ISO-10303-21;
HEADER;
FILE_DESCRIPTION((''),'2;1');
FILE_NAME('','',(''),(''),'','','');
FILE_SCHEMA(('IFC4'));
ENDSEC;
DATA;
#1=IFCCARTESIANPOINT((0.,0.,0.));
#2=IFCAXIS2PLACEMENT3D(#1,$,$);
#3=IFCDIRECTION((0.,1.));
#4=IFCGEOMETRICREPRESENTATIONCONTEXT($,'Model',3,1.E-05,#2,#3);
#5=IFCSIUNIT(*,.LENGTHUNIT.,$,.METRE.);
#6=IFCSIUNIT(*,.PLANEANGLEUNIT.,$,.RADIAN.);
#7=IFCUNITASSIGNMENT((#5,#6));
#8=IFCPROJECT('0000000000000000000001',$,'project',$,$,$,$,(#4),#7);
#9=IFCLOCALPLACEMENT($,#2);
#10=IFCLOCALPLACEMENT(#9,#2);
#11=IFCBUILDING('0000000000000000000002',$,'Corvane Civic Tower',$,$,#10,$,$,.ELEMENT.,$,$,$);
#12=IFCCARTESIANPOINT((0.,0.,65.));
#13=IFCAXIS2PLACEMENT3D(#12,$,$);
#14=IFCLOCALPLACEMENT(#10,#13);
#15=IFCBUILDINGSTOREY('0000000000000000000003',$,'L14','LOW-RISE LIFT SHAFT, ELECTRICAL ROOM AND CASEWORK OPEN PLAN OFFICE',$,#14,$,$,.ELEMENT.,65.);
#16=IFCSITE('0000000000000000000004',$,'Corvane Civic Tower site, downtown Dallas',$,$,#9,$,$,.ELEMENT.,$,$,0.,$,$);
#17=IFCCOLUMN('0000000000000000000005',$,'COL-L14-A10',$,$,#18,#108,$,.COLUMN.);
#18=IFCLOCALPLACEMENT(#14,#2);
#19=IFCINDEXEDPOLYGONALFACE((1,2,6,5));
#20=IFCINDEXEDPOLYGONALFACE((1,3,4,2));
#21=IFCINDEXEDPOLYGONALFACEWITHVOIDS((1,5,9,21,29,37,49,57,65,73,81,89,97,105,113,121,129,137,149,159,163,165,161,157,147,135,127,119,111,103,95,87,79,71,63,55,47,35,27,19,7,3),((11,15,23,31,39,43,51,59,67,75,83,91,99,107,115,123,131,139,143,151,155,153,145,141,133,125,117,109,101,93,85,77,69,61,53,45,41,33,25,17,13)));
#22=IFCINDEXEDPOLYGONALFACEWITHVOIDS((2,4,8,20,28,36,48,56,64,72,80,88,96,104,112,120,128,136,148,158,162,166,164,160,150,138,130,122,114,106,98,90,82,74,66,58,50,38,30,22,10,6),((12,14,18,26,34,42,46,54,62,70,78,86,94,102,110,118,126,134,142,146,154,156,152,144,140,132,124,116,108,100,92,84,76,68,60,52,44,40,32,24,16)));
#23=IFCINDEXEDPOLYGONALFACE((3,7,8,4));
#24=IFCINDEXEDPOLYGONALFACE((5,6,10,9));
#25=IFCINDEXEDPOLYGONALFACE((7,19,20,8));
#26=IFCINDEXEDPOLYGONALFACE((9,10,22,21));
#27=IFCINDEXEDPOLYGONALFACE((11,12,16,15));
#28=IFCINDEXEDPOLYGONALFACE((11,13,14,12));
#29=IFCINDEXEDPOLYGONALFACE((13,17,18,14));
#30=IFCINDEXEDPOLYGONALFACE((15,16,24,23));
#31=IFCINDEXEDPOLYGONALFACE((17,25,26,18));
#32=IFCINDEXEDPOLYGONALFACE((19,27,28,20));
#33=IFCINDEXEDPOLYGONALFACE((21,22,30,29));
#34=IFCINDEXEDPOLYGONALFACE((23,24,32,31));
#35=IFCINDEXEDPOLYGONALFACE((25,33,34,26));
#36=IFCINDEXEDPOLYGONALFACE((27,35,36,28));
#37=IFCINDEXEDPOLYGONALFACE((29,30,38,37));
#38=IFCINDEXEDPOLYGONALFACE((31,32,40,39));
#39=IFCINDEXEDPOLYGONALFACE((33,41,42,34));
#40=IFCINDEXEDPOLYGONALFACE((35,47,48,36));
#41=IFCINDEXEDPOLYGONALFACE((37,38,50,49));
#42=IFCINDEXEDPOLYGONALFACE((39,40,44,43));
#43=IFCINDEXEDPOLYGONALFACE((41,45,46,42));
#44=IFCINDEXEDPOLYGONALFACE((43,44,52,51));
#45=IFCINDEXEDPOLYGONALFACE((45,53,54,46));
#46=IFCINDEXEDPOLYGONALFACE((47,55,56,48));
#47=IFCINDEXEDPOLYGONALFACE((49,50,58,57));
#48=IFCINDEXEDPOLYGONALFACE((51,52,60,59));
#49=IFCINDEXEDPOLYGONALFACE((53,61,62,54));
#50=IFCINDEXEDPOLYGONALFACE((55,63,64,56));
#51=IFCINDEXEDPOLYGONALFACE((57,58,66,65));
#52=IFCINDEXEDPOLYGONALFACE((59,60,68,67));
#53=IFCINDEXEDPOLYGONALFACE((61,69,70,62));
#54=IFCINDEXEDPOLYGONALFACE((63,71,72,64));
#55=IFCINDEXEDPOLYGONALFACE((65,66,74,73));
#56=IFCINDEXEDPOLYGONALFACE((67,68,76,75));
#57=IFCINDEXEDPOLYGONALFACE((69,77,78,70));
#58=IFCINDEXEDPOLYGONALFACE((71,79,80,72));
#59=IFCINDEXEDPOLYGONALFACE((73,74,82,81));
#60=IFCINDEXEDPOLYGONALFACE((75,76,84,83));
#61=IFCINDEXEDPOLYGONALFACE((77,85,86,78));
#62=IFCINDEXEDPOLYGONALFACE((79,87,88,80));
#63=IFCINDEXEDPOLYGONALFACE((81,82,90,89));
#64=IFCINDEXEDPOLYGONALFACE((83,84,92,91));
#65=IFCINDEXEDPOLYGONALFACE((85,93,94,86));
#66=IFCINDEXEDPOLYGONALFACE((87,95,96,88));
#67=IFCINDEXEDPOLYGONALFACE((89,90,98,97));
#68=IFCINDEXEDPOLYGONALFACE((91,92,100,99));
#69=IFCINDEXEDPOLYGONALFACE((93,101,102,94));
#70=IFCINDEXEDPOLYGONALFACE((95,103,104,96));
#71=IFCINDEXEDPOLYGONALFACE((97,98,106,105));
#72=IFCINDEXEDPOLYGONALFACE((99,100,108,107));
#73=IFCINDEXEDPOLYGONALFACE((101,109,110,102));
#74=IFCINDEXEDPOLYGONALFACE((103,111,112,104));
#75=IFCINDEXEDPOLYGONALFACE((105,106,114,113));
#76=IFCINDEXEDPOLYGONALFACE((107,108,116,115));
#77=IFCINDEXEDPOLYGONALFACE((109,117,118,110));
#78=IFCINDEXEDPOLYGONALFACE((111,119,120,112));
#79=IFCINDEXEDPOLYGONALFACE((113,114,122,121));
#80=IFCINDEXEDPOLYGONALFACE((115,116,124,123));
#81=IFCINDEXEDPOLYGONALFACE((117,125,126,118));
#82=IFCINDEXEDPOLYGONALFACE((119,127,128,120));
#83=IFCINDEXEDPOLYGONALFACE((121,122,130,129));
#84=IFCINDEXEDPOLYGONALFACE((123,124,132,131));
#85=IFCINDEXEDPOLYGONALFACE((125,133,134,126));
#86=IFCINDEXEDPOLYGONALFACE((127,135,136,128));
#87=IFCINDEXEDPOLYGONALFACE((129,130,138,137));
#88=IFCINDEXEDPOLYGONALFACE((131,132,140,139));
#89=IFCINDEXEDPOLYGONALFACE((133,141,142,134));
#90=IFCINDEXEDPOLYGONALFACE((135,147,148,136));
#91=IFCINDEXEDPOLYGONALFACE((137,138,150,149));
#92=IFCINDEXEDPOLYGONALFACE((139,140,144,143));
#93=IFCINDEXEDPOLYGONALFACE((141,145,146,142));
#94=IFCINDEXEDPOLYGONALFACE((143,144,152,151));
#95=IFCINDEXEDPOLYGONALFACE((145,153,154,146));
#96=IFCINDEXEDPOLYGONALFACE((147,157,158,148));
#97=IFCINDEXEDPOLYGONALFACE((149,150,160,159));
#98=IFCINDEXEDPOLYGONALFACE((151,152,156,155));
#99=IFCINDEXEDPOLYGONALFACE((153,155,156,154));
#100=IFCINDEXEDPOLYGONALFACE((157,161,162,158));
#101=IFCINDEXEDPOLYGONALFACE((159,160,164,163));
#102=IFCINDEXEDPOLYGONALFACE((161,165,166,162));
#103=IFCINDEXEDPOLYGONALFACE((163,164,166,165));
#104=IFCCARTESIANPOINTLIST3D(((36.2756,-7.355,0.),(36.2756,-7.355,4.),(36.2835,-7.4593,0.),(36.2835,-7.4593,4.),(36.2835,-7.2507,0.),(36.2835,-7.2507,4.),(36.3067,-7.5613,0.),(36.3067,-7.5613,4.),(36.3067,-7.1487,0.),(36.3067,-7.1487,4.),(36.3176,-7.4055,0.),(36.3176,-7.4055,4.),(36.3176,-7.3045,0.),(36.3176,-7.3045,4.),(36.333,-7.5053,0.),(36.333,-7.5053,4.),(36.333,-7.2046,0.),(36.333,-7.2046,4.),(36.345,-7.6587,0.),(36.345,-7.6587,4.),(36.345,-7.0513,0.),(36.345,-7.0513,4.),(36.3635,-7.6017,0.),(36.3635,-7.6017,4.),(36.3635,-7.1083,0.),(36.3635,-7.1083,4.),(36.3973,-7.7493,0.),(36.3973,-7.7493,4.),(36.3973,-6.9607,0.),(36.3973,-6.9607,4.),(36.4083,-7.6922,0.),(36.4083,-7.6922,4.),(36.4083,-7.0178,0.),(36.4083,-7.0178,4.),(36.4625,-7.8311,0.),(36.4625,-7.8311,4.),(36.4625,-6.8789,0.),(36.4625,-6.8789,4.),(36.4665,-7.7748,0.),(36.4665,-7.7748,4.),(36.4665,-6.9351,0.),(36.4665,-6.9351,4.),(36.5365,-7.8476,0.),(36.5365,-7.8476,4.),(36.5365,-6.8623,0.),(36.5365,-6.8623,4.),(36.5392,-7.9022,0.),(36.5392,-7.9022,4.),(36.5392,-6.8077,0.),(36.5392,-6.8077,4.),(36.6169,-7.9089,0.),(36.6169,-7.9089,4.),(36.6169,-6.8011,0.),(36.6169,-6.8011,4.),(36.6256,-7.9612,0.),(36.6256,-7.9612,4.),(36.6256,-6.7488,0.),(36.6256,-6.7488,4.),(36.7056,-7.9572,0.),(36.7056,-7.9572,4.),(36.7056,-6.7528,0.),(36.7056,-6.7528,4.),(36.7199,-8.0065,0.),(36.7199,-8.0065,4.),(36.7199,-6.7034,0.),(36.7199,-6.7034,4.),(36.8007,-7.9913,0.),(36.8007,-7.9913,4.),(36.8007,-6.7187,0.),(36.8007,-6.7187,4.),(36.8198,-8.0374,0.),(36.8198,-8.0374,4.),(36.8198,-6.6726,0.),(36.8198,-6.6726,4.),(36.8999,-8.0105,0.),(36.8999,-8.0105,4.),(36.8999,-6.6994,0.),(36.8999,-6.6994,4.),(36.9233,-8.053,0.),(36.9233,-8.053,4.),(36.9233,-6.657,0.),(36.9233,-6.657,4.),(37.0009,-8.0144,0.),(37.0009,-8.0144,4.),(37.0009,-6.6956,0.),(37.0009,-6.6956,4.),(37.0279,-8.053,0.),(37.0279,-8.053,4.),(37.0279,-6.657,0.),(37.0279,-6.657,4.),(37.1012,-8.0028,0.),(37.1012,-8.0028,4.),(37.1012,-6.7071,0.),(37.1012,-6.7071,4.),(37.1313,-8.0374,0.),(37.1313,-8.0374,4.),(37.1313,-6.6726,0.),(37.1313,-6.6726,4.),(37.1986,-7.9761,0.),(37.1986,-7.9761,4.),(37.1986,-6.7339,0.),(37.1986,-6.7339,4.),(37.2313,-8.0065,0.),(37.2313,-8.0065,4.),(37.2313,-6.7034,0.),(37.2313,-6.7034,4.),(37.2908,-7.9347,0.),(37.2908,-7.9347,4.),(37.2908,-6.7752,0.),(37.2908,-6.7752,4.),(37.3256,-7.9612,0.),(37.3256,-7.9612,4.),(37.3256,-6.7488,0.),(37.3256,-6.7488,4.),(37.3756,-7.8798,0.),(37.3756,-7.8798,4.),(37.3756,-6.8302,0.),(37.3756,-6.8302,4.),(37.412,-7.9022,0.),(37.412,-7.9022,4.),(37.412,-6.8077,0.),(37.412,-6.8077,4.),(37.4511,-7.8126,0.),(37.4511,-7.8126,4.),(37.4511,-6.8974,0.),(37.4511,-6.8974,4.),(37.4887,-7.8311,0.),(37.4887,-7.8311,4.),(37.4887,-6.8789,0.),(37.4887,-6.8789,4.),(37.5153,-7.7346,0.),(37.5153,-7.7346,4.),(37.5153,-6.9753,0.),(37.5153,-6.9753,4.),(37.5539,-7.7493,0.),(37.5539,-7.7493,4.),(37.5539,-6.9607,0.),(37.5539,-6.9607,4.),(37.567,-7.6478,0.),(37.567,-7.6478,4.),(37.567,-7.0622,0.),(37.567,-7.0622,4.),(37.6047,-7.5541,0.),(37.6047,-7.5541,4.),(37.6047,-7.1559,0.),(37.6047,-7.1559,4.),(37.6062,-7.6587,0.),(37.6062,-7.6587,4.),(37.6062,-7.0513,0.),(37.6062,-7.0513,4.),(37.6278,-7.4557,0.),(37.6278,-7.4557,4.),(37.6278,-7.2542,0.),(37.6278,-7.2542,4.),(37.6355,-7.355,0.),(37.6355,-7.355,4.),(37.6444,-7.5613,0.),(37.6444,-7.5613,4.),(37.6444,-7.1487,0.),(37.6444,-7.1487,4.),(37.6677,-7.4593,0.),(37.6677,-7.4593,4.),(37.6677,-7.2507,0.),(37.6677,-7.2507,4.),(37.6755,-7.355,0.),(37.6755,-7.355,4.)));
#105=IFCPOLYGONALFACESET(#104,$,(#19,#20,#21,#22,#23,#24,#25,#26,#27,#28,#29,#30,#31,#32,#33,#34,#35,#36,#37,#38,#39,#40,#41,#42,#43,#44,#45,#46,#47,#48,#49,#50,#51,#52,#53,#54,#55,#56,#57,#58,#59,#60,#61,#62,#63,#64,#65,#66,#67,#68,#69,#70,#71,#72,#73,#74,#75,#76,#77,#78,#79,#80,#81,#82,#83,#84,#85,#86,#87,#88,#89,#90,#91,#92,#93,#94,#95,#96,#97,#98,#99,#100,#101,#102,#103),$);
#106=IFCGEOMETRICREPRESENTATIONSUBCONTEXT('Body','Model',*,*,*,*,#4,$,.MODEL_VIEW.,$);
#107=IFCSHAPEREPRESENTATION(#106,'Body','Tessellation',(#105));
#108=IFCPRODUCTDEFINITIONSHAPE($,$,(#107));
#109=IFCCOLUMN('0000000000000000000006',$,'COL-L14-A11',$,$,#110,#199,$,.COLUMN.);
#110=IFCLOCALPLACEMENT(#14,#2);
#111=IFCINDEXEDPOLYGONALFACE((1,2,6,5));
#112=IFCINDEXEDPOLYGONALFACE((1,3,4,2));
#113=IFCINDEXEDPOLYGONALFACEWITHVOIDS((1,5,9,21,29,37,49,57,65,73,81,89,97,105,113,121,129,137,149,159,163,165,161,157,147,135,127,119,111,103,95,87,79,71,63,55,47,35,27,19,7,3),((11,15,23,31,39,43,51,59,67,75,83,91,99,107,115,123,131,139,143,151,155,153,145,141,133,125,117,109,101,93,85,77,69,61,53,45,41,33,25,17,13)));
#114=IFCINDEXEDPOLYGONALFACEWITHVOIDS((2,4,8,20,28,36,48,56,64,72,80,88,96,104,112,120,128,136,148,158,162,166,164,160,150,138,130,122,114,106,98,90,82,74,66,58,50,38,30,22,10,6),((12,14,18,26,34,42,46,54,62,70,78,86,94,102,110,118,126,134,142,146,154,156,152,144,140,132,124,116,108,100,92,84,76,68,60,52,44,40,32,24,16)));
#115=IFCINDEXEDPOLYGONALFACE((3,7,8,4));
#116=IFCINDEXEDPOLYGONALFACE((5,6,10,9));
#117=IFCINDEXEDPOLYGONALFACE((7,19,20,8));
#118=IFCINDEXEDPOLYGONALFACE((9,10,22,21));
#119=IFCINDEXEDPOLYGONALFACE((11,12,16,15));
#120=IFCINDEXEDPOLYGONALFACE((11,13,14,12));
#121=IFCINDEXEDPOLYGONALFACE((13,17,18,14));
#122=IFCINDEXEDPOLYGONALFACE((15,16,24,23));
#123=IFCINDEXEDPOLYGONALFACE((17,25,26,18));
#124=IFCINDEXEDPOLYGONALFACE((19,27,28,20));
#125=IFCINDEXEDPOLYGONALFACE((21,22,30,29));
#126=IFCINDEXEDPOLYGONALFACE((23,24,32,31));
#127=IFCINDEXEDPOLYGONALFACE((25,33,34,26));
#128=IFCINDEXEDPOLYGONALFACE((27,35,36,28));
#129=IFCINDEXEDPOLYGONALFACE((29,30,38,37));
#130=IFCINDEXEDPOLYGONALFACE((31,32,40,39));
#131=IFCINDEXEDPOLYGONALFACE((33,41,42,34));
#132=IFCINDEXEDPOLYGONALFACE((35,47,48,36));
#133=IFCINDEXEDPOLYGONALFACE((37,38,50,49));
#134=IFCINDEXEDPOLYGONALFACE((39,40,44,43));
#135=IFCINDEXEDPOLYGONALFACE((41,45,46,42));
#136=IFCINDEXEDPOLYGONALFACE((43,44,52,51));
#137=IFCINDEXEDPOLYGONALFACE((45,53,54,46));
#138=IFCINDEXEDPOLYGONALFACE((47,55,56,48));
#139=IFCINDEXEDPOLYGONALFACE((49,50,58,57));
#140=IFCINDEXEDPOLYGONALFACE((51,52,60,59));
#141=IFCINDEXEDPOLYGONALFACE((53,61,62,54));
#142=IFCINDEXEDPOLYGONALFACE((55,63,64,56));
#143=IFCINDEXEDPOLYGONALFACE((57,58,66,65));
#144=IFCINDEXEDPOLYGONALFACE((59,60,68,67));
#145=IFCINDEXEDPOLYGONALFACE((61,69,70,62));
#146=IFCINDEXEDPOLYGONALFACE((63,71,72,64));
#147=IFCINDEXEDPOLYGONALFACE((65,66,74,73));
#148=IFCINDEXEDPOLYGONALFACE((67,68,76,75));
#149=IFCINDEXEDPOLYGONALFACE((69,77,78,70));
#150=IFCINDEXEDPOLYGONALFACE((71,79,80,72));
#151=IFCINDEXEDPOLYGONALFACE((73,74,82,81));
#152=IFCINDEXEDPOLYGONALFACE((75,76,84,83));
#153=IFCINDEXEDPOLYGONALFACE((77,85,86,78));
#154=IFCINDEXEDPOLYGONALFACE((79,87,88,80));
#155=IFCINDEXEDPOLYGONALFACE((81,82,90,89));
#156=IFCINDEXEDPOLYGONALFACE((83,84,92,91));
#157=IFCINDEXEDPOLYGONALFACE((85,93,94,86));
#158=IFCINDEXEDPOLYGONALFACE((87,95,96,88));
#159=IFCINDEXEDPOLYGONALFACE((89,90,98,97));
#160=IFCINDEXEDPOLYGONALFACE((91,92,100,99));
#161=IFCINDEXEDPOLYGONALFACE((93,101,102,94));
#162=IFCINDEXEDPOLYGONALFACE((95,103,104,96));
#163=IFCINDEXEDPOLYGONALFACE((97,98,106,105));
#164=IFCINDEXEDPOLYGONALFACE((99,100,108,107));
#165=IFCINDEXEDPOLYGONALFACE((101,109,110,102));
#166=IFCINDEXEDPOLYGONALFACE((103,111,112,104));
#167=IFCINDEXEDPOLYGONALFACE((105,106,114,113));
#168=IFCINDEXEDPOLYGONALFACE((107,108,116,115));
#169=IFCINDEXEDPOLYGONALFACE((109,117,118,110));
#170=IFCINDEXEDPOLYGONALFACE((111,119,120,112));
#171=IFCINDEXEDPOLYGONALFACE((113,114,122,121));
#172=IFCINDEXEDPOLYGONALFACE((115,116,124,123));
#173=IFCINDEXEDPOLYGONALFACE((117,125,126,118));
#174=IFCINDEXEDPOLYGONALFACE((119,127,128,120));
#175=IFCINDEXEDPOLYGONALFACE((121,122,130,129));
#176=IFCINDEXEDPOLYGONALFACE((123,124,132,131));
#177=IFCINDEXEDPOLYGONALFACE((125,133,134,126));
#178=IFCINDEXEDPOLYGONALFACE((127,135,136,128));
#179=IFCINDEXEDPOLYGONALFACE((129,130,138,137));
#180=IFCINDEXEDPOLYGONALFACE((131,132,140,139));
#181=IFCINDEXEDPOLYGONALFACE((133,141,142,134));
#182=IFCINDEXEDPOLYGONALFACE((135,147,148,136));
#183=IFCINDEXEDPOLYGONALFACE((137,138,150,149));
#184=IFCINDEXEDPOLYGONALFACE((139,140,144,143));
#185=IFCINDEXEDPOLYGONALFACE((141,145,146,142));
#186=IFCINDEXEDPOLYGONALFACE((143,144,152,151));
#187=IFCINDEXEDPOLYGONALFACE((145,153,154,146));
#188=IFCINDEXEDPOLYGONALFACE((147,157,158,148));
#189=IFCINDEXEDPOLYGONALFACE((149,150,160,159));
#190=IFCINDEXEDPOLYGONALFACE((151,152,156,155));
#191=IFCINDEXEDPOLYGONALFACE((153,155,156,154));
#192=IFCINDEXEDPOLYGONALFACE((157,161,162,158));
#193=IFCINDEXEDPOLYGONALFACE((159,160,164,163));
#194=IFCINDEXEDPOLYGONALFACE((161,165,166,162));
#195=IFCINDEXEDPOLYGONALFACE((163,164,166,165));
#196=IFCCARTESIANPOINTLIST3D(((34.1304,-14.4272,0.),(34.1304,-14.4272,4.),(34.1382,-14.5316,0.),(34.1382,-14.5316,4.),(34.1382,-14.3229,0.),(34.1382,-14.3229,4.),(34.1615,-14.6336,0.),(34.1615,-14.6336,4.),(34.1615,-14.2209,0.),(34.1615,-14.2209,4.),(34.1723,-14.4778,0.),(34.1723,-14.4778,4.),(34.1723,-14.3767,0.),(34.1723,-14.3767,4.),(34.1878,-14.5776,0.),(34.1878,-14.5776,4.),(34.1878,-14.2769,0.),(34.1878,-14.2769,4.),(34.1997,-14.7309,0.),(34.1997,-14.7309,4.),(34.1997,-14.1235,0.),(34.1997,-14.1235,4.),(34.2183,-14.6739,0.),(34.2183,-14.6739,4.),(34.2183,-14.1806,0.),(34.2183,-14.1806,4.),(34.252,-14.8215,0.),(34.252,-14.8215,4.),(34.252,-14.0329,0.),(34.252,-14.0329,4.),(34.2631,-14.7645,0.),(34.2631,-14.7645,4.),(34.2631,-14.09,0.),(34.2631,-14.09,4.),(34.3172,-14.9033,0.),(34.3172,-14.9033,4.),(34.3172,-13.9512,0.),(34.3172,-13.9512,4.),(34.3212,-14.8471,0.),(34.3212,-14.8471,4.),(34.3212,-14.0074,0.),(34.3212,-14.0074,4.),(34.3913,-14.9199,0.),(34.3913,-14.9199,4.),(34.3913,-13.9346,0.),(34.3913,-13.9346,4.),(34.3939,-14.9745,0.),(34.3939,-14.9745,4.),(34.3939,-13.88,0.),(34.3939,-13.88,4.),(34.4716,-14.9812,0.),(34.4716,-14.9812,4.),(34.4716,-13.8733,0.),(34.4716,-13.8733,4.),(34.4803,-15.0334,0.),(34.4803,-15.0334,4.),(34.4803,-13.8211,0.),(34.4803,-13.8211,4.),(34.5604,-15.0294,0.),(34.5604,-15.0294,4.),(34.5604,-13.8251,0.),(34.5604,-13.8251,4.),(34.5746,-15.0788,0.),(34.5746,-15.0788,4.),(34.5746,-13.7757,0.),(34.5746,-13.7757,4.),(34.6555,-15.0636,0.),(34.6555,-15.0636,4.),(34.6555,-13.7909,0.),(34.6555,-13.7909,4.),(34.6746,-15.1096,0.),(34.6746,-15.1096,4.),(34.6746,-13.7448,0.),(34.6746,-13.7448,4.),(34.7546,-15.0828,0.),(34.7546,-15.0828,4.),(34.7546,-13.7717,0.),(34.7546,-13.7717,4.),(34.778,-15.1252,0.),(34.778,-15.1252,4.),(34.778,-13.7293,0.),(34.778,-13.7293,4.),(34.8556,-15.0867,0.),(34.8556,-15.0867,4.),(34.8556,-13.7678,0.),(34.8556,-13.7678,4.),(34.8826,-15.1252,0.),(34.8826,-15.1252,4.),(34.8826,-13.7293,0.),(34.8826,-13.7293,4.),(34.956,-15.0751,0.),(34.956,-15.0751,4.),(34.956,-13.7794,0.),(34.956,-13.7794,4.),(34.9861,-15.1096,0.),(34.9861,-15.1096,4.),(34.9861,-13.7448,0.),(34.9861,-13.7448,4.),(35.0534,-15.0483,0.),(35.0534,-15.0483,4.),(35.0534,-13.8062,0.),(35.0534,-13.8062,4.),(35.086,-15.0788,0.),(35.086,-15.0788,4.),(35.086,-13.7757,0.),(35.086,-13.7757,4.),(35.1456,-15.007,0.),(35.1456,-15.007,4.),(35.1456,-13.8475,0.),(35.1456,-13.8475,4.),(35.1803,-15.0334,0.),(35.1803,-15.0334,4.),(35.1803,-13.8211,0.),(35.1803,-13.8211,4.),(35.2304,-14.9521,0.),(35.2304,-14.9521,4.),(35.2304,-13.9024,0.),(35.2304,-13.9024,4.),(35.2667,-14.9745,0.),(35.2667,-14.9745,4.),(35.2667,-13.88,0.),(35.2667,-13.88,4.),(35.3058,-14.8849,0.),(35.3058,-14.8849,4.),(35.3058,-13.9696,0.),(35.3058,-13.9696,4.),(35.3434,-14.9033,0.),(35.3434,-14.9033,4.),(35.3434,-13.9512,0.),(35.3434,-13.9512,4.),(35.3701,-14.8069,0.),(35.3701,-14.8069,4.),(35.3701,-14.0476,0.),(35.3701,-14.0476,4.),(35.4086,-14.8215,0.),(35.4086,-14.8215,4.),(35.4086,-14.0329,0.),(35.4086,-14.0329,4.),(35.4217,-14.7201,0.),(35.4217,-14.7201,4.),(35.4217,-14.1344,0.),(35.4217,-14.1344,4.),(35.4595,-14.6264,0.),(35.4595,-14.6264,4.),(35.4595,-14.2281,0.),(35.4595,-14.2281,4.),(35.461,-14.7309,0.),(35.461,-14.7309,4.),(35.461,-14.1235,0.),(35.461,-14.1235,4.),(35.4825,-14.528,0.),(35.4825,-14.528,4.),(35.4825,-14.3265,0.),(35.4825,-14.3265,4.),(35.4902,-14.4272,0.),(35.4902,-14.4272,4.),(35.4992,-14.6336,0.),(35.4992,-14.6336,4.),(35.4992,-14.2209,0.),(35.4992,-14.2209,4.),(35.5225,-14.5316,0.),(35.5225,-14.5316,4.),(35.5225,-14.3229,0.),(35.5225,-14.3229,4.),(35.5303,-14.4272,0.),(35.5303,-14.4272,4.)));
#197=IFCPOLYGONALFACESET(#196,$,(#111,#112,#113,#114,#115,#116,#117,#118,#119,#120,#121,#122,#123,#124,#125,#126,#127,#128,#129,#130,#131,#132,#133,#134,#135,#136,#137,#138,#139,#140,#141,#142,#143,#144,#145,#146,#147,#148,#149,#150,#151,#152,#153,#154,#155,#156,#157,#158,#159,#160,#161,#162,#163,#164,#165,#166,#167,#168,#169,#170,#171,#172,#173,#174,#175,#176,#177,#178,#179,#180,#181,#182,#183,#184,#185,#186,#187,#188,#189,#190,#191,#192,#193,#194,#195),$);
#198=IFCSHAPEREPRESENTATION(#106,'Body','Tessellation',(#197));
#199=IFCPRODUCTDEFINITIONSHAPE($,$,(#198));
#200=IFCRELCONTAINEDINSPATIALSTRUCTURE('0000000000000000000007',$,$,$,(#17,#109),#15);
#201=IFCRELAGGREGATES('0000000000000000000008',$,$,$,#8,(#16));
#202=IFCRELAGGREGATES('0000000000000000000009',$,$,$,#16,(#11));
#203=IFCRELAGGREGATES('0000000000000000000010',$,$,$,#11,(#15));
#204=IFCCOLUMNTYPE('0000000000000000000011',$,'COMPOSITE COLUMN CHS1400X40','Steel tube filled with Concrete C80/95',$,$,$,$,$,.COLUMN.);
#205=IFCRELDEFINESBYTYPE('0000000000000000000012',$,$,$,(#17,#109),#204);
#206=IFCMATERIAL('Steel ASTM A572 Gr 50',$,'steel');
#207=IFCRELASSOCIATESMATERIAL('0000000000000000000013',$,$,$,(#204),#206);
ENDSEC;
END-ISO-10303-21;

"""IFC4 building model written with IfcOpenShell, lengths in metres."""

from ifc_helpers import new_model, si_unit, direction, frame, origin, origin_2d, place, context, subcontext, project, spatial, hollow_circle, extrude, material, material_profile, profile_set, type_object, element, save


model = new_model("IFC4")

# Units and contexts
model_context = context("Model", 3, precision=1e-05, world=origin(), true_north=direction((0.0, 1.0)))
body_context = subcontext(model_context, "Body", "Model", "MODEL_VIEW")
ifc_project = project(units=[si_unit("LENGTHUNIT", "METRE"), si_unit("PLANEANGLEUNIT", "RADIAN")], contexts=[model_context])

# Site, building, storey
site_placement = place(None, origin())
site = spatial("IfcSite", under=ifc_project, at=site_placement, Name="Corvane Civic Tower site, downtown Dallas", CompositionType="ELEMENT", RefElevation=0.0)
building_placement = place(site_placement, origin())
building = spatial("IfcBuilding", under=site, at=building_placement, Name="Corvane Civic Tower", CompositionType="ELEMENT")
storey_placement = place(building_placement, frame((0.0, 0.0, 65.0)))
storey = spatial("IfcBuildingStorey", under=building, at=storey_placement, Name="L14", Description="LOW-RISE LIFT SHAFT, ELECTRICAL ROOM AND CASEWORK OPEN PLAN OFFICE", CompositionType="ELEMENT", Elevation=65.0)

# Columns
ifc_material_1 = material(Name="Steel ASTM A572 Gr 50", Category="steel")
ifc_material_profile_1 = material_profile(ifc_material_1, hollow_circle(Radius=0.7, WallThickness=0.04, at=origin_2d()), Name="CHS1400X40")
ifc_profile_set_1 = profile_set([ifc_material_profile_1], Name="Steel ASTM A572 Gr 50")
column_type = type_object("IfcColumnType", Name="COMPOSITE COLUMN CHS1400X40", Description="Steel tube filled with Concrete C80/95", PredefinedType="COLUMN", material=ifc_profile_set_1)
for number, where, z_axis, x_axis, name in (
    (1, (36.9756, -7.355, 0.0), (0.0, 0.0, 1.0), (1.0, 0.0, 0.0), "COL-L14-A10"),
    (2, (34.8303, -14.4272, 0.0), (0.0, 0.0, 1.0), (1.0, 0.0, 0.0), "COL-L14-A11"),
):
    element("IfcColumn", number, at=place(storey_placement, frame(where, z_axis=z_axis, x_axis=x_axis)), inside=storey, type_object=column_type, Name=name, PredefinedType="COLUMN", context=body_context, shape_type="SweptSolid", body=[
        extrude(hollow_circle(Radius=0.7, WallThickness=0.04, at=origin_2d()), origin(), (0.0, 0.0, 1.0), 4.0),
    ])

save(model, "model.ifc")
